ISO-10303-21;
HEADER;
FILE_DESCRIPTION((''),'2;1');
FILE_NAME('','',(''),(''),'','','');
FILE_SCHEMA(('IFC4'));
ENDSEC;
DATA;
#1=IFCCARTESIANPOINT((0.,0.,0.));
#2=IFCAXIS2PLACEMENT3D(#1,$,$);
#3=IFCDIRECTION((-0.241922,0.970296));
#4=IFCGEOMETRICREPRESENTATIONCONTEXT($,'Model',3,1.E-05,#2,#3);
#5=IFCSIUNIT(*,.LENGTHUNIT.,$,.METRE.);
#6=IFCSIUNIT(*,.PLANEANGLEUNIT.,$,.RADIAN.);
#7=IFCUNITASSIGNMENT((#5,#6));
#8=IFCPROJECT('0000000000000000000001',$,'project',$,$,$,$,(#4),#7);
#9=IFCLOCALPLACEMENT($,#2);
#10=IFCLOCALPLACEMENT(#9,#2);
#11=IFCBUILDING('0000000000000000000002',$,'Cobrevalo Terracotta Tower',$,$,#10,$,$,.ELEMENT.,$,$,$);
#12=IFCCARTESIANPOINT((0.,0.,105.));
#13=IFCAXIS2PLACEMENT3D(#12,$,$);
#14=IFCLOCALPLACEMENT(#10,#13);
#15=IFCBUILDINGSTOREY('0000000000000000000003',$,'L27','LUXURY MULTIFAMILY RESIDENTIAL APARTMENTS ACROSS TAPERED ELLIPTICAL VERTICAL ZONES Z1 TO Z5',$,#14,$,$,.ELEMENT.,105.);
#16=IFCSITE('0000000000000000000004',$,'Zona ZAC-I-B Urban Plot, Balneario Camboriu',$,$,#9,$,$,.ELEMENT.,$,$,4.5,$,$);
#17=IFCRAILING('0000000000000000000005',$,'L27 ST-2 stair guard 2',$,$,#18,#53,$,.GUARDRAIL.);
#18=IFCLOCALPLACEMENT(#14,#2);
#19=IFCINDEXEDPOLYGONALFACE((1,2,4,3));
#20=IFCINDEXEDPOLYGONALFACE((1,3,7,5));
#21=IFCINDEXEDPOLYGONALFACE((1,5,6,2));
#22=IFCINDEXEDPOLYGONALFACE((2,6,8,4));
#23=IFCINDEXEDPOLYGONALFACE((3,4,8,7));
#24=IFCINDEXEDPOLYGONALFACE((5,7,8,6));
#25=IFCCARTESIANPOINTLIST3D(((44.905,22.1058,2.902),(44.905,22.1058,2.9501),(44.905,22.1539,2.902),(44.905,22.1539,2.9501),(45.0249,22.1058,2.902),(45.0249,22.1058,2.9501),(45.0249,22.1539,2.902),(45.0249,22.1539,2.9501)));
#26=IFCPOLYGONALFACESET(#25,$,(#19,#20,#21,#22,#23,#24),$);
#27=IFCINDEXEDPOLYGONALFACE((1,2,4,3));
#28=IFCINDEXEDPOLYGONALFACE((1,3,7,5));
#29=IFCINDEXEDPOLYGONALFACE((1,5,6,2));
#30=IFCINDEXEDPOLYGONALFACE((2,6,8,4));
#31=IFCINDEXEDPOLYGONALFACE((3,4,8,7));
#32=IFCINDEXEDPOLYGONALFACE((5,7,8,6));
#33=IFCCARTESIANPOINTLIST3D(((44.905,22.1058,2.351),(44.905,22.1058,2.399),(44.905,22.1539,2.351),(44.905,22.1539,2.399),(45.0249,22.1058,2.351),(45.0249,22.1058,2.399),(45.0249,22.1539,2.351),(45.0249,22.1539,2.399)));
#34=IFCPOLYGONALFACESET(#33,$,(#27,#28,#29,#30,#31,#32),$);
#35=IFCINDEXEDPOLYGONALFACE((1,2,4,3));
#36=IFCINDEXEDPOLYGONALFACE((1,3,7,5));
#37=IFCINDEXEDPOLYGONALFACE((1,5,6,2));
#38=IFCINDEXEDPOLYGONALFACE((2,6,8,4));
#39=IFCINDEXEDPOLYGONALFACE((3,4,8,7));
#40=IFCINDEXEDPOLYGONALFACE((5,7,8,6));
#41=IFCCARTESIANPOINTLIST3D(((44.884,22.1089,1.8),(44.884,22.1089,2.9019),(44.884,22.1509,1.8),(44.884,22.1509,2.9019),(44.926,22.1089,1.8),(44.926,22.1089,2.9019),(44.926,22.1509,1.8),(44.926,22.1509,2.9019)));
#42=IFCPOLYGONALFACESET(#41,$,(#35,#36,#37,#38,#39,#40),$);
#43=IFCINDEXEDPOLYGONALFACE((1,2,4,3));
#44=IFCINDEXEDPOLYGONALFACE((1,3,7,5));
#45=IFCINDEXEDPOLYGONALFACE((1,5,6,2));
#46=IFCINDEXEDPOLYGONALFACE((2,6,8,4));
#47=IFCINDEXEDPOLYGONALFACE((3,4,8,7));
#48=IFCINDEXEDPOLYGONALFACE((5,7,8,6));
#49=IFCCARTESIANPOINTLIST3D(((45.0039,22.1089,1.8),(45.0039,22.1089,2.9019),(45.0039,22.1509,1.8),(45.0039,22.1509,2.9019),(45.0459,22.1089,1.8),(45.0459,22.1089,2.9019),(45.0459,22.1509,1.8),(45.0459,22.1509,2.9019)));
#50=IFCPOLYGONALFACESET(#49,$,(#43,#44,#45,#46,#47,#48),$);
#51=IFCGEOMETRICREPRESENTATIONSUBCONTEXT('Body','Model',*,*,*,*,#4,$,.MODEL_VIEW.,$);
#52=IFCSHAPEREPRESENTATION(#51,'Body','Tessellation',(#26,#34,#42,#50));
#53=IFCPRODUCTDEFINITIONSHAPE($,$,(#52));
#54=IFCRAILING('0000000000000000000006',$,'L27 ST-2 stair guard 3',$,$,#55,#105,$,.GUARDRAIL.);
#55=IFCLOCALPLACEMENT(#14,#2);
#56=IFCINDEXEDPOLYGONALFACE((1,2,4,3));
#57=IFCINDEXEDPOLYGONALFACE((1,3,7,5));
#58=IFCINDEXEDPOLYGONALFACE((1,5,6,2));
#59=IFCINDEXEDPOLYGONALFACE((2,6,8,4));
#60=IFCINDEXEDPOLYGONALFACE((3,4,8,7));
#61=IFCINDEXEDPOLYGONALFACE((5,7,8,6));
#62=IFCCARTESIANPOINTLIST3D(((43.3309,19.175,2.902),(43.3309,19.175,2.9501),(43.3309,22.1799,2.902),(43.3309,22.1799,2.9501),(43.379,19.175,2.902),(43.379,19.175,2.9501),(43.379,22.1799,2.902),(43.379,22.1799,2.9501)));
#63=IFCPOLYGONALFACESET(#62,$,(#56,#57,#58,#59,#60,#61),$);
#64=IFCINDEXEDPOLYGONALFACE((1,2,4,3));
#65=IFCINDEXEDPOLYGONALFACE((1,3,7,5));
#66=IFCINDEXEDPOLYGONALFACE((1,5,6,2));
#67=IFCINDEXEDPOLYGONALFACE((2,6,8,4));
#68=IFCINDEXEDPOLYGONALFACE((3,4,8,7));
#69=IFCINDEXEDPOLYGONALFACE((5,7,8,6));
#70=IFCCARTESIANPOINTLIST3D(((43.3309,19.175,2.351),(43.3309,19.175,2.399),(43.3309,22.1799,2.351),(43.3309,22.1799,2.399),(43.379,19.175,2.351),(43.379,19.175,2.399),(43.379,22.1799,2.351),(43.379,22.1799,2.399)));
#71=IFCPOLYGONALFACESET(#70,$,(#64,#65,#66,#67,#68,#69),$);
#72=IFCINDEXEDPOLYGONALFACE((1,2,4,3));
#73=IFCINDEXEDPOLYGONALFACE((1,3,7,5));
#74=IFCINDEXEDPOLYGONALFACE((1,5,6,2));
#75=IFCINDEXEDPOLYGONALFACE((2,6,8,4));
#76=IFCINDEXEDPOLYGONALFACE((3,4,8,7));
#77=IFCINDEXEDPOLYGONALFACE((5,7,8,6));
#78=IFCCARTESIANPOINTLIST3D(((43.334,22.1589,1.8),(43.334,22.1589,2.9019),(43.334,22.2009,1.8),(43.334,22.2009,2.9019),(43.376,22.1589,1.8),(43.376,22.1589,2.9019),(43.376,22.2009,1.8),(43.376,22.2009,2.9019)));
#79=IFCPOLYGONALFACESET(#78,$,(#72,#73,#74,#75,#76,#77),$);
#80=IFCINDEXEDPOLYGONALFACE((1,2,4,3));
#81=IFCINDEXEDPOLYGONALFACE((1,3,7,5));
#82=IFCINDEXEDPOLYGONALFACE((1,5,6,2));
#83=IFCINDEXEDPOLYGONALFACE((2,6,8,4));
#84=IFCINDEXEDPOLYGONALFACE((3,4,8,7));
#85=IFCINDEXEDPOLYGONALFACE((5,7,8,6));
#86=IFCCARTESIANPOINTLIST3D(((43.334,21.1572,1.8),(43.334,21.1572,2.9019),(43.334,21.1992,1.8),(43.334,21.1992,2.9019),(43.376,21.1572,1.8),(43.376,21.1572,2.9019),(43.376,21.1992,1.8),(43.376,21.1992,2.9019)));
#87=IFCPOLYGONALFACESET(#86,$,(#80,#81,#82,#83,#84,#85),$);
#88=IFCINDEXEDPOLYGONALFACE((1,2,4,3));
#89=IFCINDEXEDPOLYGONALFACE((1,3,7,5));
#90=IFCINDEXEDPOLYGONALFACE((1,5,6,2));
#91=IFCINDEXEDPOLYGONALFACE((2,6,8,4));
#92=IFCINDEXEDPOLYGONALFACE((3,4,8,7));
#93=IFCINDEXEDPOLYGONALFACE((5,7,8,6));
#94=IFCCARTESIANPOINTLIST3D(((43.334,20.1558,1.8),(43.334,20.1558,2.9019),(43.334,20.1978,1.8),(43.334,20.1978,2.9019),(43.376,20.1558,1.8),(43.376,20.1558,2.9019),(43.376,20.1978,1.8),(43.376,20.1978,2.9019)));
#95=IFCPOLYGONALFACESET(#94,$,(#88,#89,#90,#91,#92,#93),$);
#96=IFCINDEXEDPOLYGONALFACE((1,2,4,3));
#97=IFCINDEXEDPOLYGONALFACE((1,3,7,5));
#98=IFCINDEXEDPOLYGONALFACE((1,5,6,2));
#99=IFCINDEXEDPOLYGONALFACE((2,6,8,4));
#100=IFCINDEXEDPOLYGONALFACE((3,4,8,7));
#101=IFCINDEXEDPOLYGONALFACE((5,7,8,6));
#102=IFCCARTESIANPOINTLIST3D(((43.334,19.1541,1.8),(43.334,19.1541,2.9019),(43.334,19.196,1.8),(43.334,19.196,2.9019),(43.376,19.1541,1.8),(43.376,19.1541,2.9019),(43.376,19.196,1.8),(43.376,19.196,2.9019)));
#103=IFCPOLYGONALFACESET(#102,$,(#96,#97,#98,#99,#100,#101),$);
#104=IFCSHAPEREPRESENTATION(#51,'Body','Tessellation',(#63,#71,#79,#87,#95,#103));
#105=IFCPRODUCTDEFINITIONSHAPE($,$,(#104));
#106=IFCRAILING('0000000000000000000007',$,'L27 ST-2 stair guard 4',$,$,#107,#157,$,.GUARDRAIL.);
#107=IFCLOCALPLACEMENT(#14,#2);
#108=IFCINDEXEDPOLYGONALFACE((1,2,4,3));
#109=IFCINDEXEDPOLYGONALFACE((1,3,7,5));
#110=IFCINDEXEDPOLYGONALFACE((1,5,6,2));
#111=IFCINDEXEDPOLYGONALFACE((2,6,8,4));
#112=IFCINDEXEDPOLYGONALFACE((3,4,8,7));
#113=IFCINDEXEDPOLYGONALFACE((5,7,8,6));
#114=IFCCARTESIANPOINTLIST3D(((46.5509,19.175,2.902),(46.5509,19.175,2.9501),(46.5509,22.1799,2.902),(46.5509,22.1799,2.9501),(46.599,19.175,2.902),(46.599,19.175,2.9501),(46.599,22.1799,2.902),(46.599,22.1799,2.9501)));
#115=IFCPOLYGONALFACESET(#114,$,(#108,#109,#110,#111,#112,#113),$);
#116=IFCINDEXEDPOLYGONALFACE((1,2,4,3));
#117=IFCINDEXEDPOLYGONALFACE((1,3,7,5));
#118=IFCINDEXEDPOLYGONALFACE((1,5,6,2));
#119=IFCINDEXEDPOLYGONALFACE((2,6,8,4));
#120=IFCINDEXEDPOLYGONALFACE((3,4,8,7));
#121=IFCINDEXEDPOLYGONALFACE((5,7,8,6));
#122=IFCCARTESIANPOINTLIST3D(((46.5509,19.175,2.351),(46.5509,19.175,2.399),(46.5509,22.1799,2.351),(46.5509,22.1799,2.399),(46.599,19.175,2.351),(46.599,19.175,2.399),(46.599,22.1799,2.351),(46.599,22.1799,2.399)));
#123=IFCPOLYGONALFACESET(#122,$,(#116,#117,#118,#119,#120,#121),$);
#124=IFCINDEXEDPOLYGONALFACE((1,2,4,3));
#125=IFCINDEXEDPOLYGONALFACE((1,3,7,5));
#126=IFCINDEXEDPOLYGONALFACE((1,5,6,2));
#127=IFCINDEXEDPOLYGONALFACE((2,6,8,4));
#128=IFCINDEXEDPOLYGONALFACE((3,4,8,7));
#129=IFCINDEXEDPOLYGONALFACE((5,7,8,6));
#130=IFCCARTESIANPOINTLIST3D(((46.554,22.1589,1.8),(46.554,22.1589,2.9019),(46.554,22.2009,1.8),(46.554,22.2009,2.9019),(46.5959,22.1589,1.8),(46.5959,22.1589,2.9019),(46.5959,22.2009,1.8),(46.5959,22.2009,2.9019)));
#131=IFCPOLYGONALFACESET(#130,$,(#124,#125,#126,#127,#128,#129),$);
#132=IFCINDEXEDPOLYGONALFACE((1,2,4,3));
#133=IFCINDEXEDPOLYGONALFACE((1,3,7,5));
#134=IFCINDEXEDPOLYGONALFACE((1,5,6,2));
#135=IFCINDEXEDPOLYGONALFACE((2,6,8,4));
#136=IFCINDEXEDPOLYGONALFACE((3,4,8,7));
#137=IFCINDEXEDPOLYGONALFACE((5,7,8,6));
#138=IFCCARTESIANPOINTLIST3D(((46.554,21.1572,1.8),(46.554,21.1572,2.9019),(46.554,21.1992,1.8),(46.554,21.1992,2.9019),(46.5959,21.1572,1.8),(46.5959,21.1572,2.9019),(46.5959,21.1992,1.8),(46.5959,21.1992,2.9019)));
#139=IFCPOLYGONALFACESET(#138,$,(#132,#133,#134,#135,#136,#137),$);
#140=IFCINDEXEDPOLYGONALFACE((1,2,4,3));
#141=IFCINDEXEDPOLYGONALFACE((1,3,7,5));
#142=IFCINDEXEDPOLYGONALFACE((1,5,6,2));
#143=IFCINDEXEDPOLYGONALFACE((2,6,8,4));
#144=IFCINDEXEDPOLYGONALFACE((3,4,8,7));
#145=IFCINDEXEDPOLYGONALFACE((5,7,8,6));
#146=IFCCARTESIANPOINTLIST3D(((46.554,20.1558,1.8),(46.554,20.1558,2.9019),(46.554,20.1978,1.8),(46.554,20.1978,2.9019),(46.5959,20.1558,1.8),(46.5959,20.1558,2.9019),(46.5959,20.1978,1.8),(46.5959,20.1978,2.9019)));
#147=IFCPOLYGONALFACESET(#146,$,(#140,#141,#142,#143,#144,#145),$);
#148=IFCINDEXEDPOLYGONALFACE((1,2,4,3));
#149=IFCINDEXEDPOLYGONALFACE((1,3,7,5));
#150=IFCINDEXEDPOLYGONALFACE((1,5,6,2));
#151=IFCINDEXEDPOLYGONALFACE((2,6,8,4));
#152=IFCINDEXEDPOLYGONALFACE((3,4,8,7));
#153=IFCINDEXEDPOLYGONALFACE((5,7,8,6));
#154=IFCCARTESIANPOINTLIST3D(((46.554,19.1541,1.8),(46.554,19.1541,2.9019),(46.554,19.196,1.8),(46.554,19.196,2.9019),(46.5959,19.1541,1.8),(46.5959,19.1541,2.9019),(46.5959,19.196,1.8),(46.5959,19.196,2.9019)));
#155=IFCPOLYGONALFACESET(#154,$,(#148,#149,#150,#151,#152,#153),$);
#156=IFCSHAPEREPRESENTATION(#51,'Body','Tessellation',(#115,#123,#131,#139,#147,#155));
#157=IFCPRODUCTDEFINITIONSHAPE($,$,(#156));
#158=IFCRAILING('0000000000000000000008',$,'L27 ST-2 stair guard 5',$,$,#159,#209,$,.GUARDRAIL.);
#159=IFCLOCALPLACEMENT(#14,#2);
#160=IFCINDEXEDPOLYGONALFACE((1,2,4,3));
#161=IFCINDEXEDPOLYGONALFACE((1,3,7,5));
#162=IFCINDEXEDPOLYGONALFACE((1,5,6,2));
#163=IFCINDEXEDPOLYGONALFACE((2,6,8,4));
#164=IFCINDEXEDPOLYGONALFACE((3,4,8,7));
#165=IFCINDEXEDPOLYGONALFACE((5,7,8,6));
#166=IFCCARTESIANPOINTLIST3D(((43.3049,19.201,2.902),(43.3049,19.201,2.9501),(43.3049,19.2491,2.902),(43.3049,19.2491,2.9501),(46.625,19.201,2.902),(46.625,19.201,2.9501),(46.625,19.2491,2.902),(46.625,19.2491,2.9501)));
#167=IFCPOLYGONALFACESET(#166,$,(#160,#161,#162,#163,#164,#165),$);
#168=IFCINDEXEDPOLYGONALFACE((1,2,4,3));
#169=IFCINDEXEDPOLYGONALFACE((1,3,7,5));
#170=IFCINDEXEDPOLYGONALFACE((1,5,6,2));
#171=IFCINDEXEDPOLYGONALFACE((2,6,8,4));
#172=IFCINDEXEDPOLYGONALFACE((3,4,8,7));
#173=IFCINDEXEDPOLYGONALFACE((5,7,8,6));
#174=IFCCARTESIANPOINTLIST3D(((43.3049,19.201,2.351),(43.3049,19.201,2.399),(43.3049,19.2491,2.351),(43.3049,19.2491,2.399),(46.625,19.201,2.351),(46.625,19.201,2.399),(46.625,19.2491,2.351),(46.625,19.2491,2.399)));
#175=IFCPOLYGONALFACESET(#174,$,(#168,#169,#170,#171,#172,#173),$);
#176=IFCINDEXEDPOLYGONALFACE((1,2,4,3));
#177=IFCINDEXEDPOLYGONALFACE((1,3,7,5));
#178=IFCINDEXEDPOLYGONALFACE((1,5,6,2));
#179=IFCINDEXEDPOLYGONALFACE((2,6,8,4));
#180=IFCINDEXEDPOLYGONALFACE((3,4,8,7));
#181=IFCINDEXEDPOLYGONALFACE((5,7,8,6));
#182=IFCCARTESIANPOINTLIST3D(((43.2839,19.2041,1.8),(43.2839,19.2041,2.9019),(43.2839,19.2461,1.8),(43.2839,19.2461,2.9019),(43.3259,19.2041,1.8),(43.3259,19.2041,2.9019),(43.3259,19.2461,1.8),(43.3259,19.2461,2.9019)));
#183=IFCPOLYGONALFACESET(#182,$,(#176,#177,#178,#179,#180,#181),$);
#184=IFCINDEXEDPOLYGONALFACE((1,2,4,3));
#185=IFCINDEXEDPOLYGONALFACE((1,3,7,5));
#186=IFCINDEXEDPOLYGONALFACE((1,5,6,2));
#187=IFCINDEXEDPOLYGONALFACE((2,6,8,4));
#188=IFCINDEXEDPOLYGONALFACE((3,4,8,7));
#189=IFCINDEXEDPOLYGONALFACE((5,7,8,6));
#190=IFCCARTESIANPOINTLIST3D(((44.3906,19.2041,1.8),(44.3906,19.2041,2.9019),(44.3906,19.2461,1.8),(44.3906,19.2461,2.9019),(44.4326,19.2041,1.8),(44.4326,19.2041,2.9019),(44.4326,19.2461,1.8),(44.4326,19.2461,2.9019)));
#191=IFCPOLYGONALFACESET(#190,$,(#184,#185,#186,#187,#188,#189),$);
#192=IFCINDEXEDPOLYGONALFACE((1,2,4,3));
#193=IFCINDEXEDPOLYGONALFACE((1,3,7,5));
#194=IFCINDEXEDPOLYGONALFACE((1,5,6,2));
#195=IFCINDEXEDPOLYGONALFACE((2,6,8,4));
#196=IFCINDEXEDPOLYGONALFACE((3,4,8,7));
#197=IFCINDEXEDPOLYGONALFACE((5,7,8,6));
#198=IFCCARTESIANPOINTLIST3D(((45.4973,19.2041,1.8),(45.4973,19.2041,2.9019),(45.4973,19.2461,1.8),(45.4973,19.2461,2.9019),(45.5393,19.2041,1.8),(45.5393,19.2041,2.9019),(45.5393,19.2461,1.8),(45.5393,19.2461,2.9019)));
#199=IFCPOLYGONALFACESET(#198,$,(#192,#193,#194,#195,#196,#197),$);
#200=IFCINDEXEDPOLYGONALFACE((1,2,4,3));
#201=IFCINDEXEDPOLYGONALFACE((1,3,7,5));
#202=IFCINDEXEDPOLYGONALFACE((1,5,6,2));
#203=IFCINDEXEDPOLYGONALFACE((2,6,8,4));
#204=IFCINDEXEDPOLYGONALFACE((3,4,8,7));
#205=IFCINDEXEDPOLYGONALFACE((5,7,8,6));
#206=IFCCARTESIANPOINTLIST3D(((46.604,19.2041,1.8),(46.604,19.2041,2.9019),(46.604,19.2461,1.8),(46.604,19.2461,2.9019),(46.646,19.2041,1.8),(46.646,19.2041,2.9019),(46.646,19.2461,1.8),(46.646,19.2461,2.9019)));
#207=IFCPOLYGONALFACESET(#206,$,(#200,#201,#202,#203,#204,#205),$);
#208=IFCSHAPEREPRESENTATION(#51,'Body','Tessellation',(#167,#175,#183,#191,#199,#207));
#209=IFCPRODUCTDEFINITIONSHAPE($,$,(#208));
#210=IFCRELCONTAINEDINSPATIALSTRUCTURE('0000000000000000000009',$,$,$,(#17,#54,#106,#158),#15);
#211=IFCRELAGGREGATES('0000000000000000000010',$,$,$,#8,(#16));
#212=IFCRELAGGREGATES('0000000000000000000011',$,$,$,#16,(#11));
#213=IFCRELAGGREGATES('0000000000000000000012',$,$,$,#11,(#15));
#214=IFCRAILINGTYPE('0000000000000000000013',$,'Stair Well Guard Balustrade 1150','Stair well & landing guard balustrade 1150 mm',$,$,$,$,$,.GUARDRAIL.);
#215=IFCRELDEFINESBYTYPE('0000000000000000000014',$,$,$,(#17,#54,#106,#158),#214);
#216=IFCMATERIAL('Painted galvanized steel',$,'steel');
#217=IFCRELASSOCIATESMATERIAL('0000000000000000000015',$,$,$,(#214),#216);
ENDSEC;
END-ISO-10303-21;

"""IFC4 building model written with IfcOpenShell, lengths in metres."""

from ifc_helpers import new_model, si_unit, direction, frame, origin, origin_2d, place, context, subcontext, project, spatial, rectangle, extrude, material, type_object, element, save


model = new_model("IFC4")

# Units and contexts
model_context = context("Model", 3, precision=1e-05, world=origin(), true_north=direction((-0.241922, 0.970296)))
body_context = subcontext(model_context, "Body", "Model", "MODEL_VIEW")
ifc_project = project(units=[si_unit("LENGTHUNIT", "METRE"), si_unit("PLANEANGLEUNIT", "RADIAN")], contexts=[model_context])

# Site, building, storey
site_placement = place(None, origin())
site = spatial("IfcSite", under=ifc_project, at=site_placement, Name="Zona ZAC-I-B Urban Plot, Balneario Camboriu", CompositionType="ELEMENT", RefElevation=4.5)
building_placement = place(site_placement, origin())
building = spatial("IfcBuilding", under=site, at=building_placement, Name="Cobrevalo Terracotta Tower", CompositionType="ELEMENT")
storey_placement = place(building_placement, frame((0.0, 0.0, 105.0)))
storey = spatial("IfcBuildingStorey", under=building, at=storey_placement, Name="L27", Description="LUXURY MULTIFAMILY RESIDENTIAL APARTMENTS ACROSS TAPERED ELLIPTICAL VERTICAL ZONES Z1 TO Z5", CompositionType="ELEMENT", Elevation=105.0)

# Railings
ifc_material_1 = material(Name="Painted galvanized steel", Category="steel")
railing_type_1 = type_object("IfcRailingType", Name="Stair Well Guard Balustrade 1150", Description="Stair well & landing guard balustrade 1150 mm", PredefinedType="GUARDRAIL", material=ifc_material_1)
railing_1_placement = place(storey_placement, frame((44.905, 22.1299, 1.8)))
element("IfcRailing", 1, at=railing_1_placement, inside=storey, type_object=railing_type_1, Name="L27 ST-2 stair guard 2", PredefinedType="GUARDRAIL", context=body_context, shape_type="SweptSolid", body=[
    extrude(rectangle(XDim=0.0481, YDim=0.0481, at=origin_2d()), frame((0.0, 0.0, 1.126), z_axis=(1.0, 0.0, 0.0), x_axis=(0.0, 1.0, 0.0)), (0.0, 0.0, 1.0), 0.1199),
    extrude(rectangle(XDim=0.0481, YDim=0.0481, at=origin_2d()), frame((0.0, 0.0, 0.575), z_axis=(1.0, 0.0, 0.0), x_axis=(0.0, 1.0, 0.0)), (0.0, 0.0, 1.0), 0.1199),
    extrude(rectangle(XDim=0.042, YDim=0.042, at=origin_2d()), origin(), (0.0, 0.0, 1.0), 1.1018),
    extrude(rectangle(XDim=0.042, YDim=0.042, at=origin_2d()), frame((0.1199, 0.0, 0.0)), (0.0, 0.0, 1.0), 1.1018),
])
for number, where, name in (
    (2, (43.355, 22.1799, 1.8), "L27 ST-2 stair guard 3"),
    (3, (46.575, 22.1799, 1.8), "L27 ST-2 stair guard 4"),
):
    element("IfcRailing", number, at=place(storey_placement, frame(where)), inside=storey, type_object=railing_type_1, Name=name, PredefinedType="GUARDRAIL", context=body_context, shape_type="SweptSolid", body=[
        extrude(rectangle(XDim=0.0481, YDim=0.0481, at=origin_2d()), frame((0.0, 0.0, 1.126), z_axis=(0.0, -1.0, 0.0), x_axis=(1.0, 0.0, 0.0)), (0.0, 0.0, 1.0), 3.0049),
        extrude(rectangle(XDim=0.0481, YDim=0.0481, at=origin_2d()), frame((0.0, 0.0, 0.575), z_axis=(0.0, -1.0, 0.0), x_axis=(1.0, 0.0, 0.0)), (0.0, 0.0, 1.0), 3.0049),
        extrude(rectangle(XDim=0.042, YDim=0.042, at=origin_2d()), origin(), (0.0, 0.0, 1.0), 1.1018),
        extrude(rectangle(XDim=0.042, YDim=0.042, at=origin_2d()), frame((0.0, -1.0017, 0.0)), (0.0, 0.0, 1.0), 1.1018),
        extrude(rectangle(XDim=0.042, YDim=0.042, at=origin_2d()), frame((0.0, -2.0032, 0.0)), (0.0, 0.0, 1.0), 1.1018),
        extrude(rectangle(XDim=0.042, YDim=0.042, at=origin_2d()), frame((0.0, -3.0049, 0.0)), (0.0, 0.0, 1.0), 1.1018),
    ])
railing_2_placement = place(storey_placement, frame((43.3049, 19.2251, 1.8)))
element("IfcRailing", 4, at=railing_2_placement, inside=storey, type_object=railing_type_1, Name="L27 ST-2 stair guard 5", PredefinedType="GUARDRAIL", context=body_context, shape_type="SweptSolid", body=[
    extrude(rectangle(XDim=0.0481, YDim=0.0481, at=origin_2d()), frame((0.0, 0.0, 1.126), z_axis=(1.0, 0.0, 0.0), x_axis=(0.0, 1.0, 0.0)), (0.0, 0.0, 1.0), 3.3201),
    extrude(rectangle(XDim=0.0481, YDim=0.0481, at=origin_2d()), frame((0.0, 0.0, 0.575), z_axis=(1.0, 0.0, 0.0), x_axis=(0.0, 1.0, 0.0)), (0.0, 0.0, 1.0), 3.3201),
    extrude(rectangle(XDim=0.042, YDim=0.042, at=origin_2d()), origin(), (0.0, 0.0, 1.0), 1.1018),
    extrude(rectangle(XDim=0.042, YDim=0.042, at=origin_2d()), frame((1.1067, 0.0, 0.0)), (0.0, 0.0, 1.0), 1.1018),
    extrude(rectangle(XDim=0.042, YDim=0.042, at=origin_2d()), frame((2.2134, 0.0, 0.0)), (0.0, 0.0, 1.0), 1.1018),
    extrude(rectangle(XDim=0.042, YDim=0.042, at=origin_2d()), frame((3.3201, 0.0, 0.0)), (0.0, 0.0, 1.0), 1.1018),
])

save(model, "model.ifc")
